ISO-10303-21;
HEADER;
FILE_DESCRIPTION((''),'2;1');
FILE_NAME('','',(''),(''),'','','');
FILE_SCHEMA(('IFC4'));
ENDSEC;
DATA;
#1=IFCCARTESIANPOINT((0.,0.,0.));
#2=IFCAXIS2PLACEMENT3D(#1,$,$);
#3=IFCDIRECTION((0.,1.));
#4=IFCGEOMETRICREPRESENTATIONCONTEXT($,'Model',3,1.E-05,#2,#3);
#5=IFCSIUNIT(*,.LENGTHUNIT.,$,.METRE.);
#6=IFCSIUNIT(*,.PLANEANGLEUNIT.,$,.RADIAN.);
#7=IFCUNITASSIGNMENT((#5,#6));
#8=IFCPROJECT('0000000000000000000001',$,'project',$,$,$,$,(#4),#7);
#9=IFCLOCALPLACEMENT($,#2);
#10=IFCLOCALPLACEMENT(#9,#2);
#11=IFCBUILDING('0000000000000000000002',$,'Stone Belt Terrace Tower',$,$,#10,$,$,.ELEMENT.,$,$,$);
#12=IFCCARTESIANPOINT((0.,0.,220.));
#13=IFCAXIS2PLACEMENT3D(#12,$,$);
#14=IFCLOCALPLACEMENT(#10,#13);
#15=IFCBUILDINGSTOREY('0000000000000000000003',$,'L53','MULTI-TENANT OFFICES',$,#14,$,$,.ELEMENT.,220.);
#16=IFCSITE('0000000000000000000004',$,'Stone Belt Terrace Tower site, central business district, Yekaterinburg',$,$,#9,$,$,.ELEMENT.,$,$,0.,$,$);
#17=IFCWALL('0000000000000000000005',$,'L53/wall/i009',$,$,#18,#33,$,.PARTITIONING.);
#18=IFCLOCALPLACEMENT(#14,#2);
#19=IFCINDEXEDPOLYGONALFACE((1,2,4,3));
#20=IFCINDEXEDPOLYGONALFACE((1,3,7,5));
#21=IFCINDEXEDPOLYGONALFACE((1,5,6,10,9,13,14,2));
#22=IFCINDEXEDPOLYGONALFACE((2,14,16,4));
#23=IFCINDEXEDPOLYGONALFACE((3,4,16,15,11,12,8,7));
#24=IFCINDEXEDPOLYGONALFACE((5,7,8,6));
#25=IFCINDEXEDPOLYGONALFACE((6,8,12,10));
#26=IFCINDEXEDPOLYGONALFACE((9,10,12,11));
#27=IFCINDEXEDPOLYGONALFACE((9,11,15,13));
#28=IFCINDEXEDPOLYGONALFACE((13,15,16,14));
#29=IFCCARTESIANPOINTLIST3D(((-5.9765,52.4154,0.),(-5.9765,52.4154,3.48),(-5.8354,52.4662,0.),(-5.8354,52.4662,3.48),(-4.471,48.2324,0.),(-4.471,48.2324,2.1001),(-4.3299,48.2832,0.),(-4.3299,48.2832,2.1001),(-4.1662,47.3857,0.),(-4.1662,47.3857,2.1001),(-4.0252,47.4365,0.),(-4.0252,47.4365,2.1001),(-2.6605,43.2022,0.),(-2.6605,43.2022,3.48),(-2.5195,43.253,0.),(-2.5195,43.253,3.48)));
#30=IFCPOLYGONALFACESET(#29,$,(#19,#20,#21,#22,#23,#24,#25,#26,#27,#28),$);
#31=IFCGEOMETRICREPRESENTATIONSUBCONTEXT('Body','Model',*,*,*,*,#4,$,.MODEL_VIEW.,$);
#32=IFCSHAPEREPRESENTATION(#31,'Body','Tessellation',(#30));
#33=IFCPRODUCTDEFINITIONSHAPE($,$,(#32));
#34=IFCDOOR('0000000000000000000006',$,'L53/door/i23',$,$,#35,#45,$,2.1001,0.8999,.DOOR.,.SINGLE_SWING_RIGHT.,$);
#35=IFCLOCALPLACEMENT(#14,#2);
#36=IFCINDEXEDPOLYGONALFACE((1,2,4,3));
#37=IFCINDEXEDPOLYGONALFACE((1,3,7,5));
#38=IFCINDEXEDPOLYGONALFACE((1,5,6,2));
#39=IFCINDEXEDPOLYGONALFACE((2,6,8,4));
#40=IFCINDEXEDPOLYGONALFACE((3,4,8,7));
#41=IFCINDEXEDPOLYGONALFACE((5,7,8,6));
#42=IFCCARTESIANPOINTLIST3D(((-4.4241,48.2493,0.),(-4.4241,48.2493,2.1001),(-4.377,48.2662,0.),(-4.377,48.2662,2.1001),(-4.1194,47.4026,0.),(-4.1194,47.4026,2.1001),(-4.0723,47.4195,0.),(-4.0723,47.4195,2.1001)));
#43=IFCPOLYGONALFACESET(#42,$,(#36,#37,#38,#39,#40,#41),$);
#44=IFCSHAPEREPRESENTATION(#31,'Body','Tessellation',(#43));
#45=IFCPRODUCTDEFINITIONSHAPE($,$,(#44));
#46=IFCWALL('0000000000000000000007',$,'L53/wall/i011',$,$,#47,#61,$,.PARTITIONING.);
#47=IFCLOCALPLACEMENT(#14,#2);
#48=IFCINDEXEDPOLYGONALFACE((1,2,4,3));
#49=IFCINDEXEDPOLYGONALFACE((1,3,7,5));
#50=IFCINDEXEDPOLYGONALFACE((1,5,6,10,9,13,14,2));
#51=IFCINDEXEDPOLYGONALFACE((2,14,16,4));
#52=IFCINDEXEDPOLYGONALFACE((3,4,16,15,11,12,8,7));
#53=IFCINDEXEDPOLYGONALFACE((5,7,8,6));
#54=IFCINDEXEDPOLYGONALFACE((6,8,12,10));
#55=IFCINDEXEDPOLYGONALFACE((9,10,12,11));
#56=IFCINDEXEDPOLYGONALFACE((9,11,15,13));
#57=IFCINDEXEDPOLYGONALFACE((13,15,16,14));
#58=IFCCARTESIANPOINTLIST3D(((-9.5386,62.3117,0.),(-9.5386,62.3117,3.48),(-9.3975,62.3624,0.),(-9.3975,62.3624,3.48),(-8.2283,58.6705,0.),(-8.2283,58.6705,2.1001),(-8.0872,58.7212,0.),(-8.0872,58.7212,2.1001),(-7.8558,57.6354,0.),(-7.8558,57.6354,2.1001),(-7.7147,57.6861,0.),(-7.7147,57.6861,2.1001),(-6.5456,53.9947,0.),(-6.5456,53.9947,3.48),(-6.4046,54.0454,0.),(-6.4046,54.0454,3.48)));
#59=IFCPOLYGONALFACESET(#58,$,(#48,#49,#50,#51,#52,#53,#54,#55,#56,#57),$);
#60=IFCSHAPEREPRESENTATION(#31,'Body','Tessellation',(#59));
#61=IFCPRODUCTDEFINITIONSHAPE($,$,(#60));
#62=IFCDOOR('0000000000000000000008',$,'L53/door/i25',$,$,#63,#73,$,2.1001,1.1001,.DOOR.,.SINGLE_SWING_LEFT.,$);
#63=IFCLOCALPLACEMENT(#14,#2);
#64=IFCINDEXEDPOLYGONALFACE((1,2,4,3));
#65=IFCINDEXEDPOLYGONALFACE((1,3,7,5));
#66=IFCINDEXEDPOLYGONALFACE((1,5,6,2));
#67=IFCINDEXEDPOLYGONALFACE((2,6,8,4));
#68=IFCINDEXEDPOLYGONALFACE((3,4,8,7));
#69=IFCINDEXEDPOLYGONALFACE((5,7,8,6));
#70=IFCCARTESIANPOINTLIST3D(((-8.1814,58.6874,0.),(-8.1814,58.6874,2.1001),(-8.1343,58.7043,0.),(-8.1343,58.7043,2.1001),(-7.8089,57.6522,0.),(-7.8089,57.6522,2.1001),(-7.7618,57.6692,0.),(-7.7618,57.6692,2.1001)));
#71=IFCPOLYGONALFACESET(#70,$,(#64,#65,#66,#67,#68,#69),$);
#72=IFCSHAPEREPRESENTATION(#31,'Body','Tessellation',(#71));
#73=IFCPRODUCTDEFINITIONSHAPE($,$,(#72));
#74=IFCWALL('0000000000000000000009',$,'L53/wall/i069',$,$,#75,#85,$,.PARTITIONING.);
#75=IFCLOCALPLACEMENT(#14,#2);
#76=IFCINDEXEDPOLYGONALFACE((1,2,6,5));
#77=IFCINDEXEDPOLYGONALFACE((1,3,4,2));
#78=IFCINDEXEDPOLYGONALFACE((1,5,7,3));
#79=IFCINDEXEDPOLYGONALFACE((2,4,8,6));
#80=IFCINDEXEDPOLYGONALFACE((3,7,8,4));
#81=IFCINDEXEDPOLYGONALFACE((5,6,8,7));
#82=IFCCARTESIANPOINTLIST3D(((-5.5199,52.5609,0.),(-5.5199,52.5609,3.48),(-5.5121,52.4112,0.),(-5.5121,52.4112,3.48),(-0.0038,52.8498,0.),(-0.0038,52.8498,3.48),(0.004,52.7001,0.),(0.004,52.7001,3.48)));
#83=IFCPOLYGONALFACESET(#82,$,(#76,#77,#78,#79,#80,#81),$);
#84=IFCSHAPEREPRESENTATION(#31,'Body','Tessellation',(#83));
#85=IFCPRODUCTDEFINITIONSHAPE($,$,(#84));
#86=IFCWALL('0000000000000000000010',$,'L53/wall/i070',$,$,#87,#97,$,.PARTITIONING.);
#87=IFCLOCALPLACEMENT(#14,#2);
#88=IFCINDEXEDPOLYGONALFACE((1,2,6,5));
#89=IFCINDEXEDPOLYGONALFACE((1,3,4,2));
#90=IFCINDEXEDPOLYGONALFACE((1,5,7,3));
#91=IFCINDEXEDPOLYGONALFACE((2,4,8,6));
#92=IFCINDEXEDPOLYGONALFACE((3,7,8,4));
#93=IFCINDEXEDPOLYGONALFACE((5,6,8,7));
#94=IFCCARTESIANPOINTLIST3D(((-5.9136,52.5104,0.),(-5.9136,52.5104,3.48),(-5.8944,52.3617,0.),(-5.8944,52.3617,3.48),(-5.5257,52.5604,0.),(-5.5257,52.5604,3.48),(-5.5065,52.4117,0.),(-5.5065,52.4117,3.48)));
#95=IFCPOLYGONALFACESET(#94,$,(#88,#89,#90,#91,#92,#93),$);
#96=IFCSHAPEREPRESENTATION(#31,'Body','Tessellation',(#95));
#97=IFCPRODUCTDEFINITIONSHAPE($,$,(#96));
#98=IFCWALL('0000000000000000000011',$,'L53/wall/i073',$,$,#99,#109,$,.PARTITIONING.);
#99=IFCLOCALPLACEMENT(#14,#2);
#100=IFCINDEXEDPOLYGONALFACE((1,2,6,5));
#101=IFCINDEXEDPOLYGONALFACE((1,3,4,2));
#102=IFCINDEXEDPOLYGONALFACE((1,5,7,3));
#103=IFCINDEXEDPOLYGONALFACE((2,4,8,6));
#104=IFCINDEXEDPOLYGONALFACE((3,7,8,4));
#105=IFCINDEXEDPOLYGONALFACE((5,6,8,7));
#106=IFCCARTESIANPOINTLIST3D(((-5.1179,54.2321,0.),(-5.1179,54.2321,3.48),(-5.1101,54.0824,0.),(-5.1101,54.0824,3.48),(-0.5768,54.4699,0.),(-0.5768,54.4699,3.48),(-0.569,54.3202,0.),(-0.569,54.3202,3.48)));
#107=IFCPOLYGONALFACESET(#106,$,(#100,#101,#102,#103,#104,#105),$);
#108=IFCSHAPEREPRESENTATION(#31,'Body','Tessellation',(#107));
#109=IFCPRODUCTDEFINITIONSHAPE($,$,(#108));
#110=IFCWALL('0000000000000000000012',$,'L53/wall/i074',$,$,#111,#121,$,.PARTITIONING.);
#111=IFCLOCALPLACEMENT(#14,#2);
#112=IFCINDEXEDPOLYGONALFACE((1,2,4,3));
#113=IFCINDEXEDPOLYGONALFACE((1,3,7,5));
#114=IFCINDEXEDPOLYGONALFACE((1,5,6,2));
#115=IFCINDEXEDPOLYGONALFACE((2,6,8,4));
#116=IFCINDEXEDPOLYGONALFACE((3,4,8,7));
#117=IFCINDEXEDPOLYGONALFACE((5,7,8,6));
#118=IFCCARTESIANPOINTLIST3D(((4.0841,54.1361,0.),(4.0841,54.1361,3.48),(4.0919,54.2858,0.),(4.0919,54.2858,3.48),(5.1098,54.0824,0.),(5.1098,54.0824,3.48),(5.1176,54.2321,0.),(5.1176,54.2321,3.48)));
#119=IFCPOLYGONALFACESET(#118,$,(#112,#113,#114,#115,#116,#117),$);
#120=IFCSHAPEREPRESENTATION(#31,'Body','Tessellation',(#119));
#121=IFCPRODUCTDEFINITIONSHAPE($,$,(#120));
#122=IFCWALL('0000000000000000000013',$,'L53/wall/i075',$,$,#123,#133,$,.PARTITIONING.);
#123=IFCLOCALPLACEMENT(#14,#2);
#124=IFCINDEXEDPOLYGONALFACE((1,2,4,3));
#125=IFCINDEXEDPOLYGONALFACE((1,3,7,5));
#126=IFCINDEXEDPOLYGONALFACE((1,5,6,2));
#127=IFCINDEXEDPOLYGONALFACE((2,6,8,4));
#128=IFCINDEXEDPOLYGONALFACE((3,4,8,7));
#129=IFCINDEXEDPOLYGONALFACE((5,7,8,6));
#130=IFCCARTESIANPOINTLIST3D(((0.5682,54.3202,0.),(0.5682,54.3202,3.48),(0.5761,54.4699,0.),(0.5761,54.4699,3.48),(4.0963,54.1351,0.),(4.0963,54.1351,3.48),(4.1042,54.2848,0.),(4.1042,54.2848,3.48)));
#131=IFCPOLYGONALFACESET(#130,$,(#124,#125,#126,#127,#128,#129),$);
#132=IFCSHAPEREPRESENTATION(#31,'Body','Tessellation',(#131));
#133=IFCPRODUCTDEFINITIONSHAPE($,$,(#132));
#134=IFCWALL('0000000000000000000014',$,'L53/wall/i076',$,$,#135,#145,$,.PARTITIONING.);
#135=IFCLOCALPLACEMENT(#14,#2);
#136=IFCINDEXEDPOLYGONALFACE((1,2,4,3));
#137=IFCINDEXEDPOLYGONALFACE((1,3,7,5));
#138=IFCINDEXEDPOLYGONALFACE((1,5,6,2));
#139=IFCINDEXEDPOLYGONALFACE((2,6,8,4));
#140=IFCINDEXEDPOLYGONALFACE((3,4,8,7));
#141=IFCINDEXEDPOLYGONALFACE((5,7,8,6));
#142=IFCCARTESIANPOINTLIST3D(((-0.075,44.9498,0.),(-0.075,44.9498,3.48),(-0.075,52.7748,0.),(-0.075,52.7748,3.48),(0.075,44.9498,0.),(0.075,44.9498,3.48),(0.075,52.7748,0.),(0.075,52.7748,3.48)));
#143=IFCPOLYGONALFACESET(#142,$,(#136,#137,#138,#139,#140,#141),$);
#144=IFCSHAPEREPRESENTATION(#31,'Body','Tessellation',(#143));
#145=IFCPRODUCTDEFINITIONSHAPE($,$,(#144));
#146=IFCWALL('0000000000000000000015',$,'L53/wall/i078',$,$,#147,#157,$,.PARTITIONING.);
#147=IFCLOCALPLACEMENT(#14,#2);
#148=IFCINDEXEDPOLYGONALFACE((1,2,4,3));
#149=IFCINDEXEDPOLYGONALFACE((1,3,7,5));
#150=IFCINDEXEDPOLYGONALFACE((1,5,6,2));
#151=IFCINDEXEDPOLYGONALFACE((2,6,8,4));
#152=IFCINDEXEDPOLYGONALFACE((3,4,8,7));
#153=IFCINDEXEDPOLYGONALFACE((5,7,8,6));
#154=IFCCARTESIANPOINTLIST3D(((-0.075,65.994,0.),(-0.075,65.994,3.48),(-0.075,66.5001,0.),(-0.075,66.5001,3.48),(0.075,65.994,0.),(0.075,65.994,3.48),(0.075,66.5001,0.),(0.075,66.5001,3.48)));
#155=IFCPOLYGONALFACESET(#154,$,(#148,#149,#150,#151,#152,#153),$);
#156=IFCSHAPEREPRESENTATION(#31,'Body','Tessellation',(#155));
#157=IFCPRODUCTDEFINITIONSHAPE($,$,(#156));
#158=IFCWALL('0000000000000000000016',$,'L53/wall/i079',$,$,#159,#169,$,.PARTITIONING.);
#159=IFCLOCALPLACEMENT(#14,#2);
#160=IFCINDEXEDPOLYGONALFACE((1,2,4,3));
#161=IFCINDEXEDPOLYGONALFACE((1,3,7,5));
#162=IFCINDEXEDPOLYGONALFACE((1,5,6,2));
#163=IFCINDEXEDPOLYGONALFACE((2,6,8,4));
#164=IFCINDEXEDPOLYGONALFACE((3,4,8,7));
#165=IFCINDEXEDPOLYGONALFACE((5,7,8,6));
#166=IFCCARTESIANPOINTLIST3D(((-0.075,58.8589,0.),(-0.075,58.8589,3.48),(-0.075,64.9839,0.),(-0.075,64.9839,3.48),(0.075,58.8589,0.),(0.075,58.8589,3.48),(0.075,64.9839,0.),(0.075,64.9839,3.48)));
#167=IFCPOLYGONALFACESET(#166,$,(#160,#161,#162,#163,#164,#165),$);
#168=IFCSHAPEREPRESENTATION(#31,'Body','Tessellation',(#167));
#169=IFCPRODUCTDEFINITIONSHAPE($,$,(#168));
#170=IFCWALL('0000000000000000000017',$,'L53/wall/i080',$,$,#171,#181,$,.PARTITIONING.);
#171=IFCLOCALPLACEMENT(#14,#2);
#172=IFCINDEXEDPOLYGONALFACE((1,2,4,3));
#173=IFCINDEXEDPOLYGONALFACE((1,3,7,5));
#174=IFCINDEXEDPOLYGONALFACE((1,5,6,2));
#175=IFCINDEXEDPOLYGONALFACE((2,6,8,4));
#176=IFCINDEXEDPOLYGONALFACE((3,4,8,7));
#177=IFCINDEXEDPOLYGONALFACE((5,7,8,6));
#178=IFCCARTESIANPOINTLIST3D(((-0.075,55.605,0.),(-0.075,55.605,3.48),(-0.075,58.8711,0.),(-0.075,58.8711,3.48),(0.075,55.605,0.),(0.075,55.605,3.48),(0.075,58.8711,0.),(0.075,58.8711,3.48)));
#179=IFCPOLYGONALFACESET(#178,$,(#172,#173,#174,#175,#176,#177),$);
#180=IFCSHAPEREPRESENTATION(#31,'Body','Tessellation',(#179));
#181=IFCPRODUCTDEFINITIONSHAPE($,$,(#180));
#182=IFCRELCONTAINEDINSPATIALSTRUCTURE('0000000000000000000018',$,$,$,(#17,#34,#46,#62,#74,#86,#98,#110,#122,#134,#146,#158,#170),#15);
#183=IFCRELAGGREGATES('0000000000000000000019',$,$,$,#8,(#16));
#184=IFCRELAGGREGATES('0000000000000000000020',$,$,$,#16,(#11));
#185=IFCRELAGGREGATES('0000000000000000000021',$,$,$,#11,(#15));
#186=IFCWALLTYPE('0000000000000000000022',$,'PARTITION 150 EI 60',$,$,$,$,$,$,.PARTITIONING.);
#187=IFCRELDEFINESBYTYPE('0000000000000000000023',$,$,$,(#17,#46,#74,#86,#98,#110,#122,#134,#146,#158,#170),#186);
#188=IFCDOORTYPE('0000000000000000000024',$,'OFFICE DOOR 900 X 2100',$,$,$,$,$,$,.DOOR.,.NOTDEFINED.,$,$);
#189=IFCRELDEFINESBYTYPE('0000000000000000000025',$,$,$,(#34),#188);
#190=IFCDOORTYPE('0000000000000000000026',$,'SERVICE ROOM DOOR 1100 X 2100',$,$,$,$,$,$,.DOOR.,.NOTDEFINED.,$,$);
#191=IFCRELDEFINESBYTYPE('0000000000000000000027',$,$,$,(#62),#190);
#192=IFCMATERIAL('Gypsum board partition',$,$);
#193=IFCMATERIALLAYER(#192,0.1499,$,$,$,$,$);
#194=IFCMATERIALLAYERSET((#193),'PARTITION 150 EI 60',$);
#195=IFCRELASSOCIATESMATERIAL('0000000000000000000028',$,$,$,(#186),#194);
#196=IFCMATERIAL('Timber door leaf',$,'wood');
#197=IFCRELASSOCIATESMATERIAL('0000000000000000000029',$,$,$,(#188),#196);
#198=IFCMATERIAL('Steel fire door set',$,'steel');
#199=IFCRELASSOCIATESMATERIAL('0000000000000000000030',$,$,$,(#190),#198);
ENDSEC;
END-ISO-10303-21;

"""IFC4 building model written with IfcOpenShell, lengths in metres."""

from ifc_helpers import new_model, si_unit, direction, frame, frame_2d, origin, place, context, subcontext, project, spatial, rectangle, extrude, material, layer, layer_set, type_object, element, fill, save


model = new_model("IFC4")

# Units and contexts
model_context = context("Model", 3, precision=1e-05, world=origin(), true_north=direction((0.0, 1.0)))
body_context = subcontext(model_context, "Body", "Model", "MODEL_VIEW")
ifc_project = project(units=[si_unit("LENGTHUNIT", "METRE"), si_unit("PLANEANGLEUNIT", "RADIAN")], contexts=[model_context])

# Site, building, storey
site_placement = place(None, origin())
site = spatial("IfcSite", under=ifc_project, at=site_placement, Name="Stone Belt Terrace Tower site, central business district, Yekaterinburg", CompositionType="ELEMENT", RefElevation=0.0)
building_placement = place(site_placement, origin())
building = spatial("IfcBuilding", under=site, at=building_placement, Name="Stone Belt Terrace Tower", CompositionType="ELEMENT")
storey_placement = place(building_placement, frame((0.0, 0.0, 220.0)))
storey = spatial("IfcBuildingStorey", under=building, at=storey_placement, Name="L53", Description="MULTI-TENANT OFFICES", CompositionType="ELEMENT", Elevation=220.0)

# Shared definitions
ifc_material_1 = material(Name="Timber door leaf", Category="wood")

# Walls, openings, doors
ifc_material_2 = material(Name="Gypsum board partition")
ifc_layer_1 = layer(ifc_material_2, 0.1499)
ifc_layer_set_1 = layer_set([ifc_layer_1], Name="PARTITION 150 EI 60")
wall_type_1 = type_object("IfcWallType", Name="PARTITION 150 EI 60", PredefinedType="PARTITIONING", material=ifc_layer_set_1)
wall_1_placement = place(storey_placement, frame((-5.906, 52.4409, 0.0), z_axis=(0.0, 0.0, 1.0), x_axis=(0.338646, -0.940914, 0.0)))
wall_1 = element("IfcWall", 1, at=wall_1_placement, inside=storey, type_object=wall_type_1, Name="L53/wall/i009", PredefinedType="PARTITIONING", context=body_context, shape_type="SweptSolid", body=[
    extrude(rectangle(XDim=9.7917, YDim=0.1499, at=frame_2d((4.896, 0.0))), origin(), (0.0, 0.0, 1.0), 3.48),
])
opening_1_placement = place(wall_1_placement, frame((4.4458, 0.0, 0.0)))
opening_1 = element("IfcOpeningElement", 2, at=opening_1_placement, cuts=wall_1, PredefinedType="OPENING", context=body_context, shape_type="SweptSolid", body=[
    extrude(rectangle(XDim=0.8999, YDim=2.1001, at=frame_2d((0.45, 1.05))), frame((0.0, 0.085, 0.0), z_axis=(0.0, -1.0, 0.0), x_axis=(1.0, 0.0, 0.0)), (0.0, 0.0, 1.0), 0.1699),
])
door_type_1 = type_object("IfcDoorType", Name="OFFICE DOOR 900 X 2100", OperationType="NOTDEFINED", PredefinedType="DOOR", material=ifc_material_1)
door_1_placement = place(opening_1_placement, origin())
door_1 = element("IfcDoor", 3, at=door_1_placement, inside=storey, type_object=door_type_1, Name="L53/door/i23", OperationType="SINGLE_SWING_RIGHT", OverallHeight=2.1001, OverallWidth=0.8999, PredefinedType="DOOR", context=body_context, shape_type="SweptSolid", body=[
    extrude(rectangle(XDim=0.8999, YDim=2.1001, at=frame_2d((0.45, 1.05))), frame((0.0, 0.0249, 0.0), z_axis=(0.0, -1.0, 0.0), x_axis=(1.0, 0.0, 0.0)), (0.0, 0.0, 1.0), 0.05),
])
fill(opening_1, door_1)
wall_2_placement = place(storey_placement, frame((-9.468, 62.3369, 0.0), z_axis=(0.0, 0.0, 1.0), x_axis=(0.338603, -0.940929, 0.0)))
wall_2 = element("IfcWall", 4, at=wall_2_placement, inside=storey, type_object=wall_type_1, Name="L53/wall/i011", PredefinedType="PARTITIONING", context=body_context, shape_type="SweptSolid", body=[
    extrude(rectangle(XDim=8.8391, YDim=0.1499, at=frame_2d((4.4194, 0.0))), origin(), (0.0, 0.0, 1.0), 3.48),
])
opening_2_placement = place(wall_2_placement, frame((3.8696, 0.0, 0.0)))
opening_2 = element("IfcOpeningElement", 5, at=opening_2_placement, cuts=wall_2, PredefinedType="OPENING", context=body_context, shape_type="SweptSolid", body=[
    extrude(rectangle(XDim=1.1001, YDim=2.1001, at=frame_2d((0.55, 1.05))), frame((0.0, 0.085, 0.0), z_axis=(0.0, -1.0, 0.0), x_axis=(1.0, 0.0, 0.0)), (0.0, 0.0, 1.0), 0.1699),
])
ifc_material_3 = material(Name="Steel fire door set", Category="steel")
door_type_2 = type_object("IfcDoorType", Name="SERVICE ROOM DOOR 1100 X 2100", OperationType="NOTDEFINED", PredefinedType="DOOR", material=ifc_material_3)
door_2_placement = place(opening_2_placement, origin())
door_2 = element("IfcDoor", 6, at=door_2_placement, inside=storey, type_object=door_type_2, Name="L53/door/i25", OperationType="SINGLE_SWING_LEFT", OverallHeight=2.1001, OverallWidth=1.1001, PredefinedType="DOOR", context=body_context, shape_type="SweptSolid", body=[
    extrude(rectangle(XDim=1.1001, YDim=2.1001, at=frame_2d((0.55, 1.05))), frame((0.0, 0.0249, 0.0), z_axis=(0.0, -1.0, 0.0), x_axis=(1.0, 0.0, 0.0)), (0.0, 0.0, 1.0), 0.05),
])
fill(opening_2, door_2)

# Walls
wall_3_placement = place(storey_placement, frame((0.0, 52.7749, 0.0), z_axis=(0.0, 0.0, 1.0), x_axis=(-0.998632, -0.052287, 0.0)))
element("IfcWall", 7, at=wall_3_placement, inside=storey, type_object=wall_type_1, Name="L53/wall/i069", PredefinedType="PARTITIONING", context=body_context, shape_type="SweptSolid", body=[
    extrude(rectangle(XDim=5.5237, YDim=0.1499, at=frame_2d((2.7617, 0.0))), origin(), (0.0, 0.0, 1.0), 3.48),
])
wall_4_placement = place(storey_placement, frame((-5.5161, 52.4861, 0.0), z_axis=(0.0, 0.0, 1.0), x_axis=(-0.99178, -0.127952, 0.0)))
element("IfcWall", 8, at=wall_4_placement, inside=storey, type_object=wall_type_1, Name="L53/wall/i070", PredefinedType="PARTITIONING", context=body_context, shape_type="SweptSolid", body=[
    extrude(rectangle(XDim=0.3911, YDim=0.1499, at=frame_2d((0.1956, 0.0))), origin(), (0.0, 0.0, 1.0), 3.48),
])
wall_5_placement = place(storey_placement, frame((-5.114, 54.1572, 0.0), z_axis=(0.0, 0.0, 1.0), x_axis=(0.998632, 0.052291, 0.0)))
element("IfcWall", 9, at=wall_5_placement, inside=storey, type_object=wall_type_1, Name="L53/wall/i073", PredefinedType="PARTITIONING", context=body_context, shape_type="SweptSolid", body=[
    extrude(rectangle(XDim=4.5474, YDim=0.1499, at=frame_2d((2.2737, 0.0))), origin(), (0.0, 0.0, 1.0), 3.48),
])
wall_6_placement = place(storey_placement, frame((4.0879, 54.2109, 0.0), z_axis=(0.0, 0.0, 1.0), x_axis=(0.998632, -0.052297, 0.0)))
element("IfcWall", 10, at=wall_6_placement, inside=storey, type_object=wall_type_1, Name="L53/wall/i074", PredefinedType="PARTITIONING", context=body_context, shape_type="SweptSolid", body=[
    extrude(rectangle(XDim=1.0271, YDim=0.1499, at=frame_2d((0.5137, 0.0))), origin(), (0.0, 0.0, 1.0), 3.48),
])
wall_7_placement = place(storey_placement, frame((0.572, 54.395, 0.0), z_axis=(0.0, 0.0, 1.0), x_axis=(0.998627, -0.052381, 0.0)))
element("IfcWall", 11, at=wall_7_placement, inside=storey, type_object=wall_type_1, Name="L53/wall/i075", PredefinedType="PARTITIONING", context=body_context, shape_type="SweptSolid", body=[
    extrude(rectangle(XDim=3.533, YDim=0.1499, at=frame_2d((1.7666, 0.0))), origin(), (0.0, 0.0, 1.0), 3.48),
])
wall_8_placement = place(storey_placement, frame((0.0, 52.7749, 0.0), z_axis=(0.0, 0.0, 1.0), x_axis=(0.0, -1.0, 0.0)))
element("IfcWall", 12, at=wall_8_placement, inside=storey, type_object=wall_type_1, Name="L53/wall/i076", PredefinedType="PARTITIONING", context=body_context, shape_type="SweptSolid", body=[
    extrude(rectangle(XDim=7.825, YDim=0.1499, at=frame_2d((3.9126, 0.0))), origin(), (0.0, 0.0, 1.0), 3.48),
])
wall_9_placement = place(storey_placement, frame((0.0, 66.5, 0.0), z_axis=(0.0, 0.0, 1.0), x_axis=(0.0, -1.0, 0.0)))
element("IfcWall", 13, at=wall_9_placement, inside=storey, type_object=wall_type_1, Name="L53/wall/i078", PredefinedType="PARTITIONING", context=body_context, shape_type="SweptSolid", body=[
    extrude(rectangle(XDim=0.5061, YDim=0.1499, at=frame_2d((0.2529, 0.0))), origin(), (0.0, 0.0, 1.0), 3.48),
])
wall_10_placement = place(storey_placement, frame((0.0, 64.9839, 0.0), z_axis=(0.0, 0.0, 1.0), x_axis=(0.0, -1.0, 0.0)))
element("IfcWall", 14, at=wall_10_placement, inside=storey, type_object=wall_type_1, Name="L53/wall/i079", PredefinedType="PARTITIONING", context=body_context, shape_type="SweptSolid", body=[
    extrude(rectangle(XDim=6.125, YDim=0.1499, at=frame_2d((3.0625, 0.0))), origin(), (0.0, 0.0, 1.0), 3.48),
])
wall_11_placement = place(storey_placement, frame((0.0, 58.8711, 0.0), z_axis=(0.0, 0.0, 1.0), x_axis=(0.0, -1.0, 0.0)))
element("IfcWall", 15, at=wall_11_placement, inside=storey, type_object=wall_type_1, Name="L53/wall/i080", PredefinedType="PARTITIONING", context=body_context, shape_type="SweptSolid", body=[
    extrude(rectangle(XDim=3.2661, YDim=0.1499, at=frame_2d((1.6331, 0.0))), origin(), (0.0, 0.0, 1.0), 3.48),
])

save(model, "model.ifc")
